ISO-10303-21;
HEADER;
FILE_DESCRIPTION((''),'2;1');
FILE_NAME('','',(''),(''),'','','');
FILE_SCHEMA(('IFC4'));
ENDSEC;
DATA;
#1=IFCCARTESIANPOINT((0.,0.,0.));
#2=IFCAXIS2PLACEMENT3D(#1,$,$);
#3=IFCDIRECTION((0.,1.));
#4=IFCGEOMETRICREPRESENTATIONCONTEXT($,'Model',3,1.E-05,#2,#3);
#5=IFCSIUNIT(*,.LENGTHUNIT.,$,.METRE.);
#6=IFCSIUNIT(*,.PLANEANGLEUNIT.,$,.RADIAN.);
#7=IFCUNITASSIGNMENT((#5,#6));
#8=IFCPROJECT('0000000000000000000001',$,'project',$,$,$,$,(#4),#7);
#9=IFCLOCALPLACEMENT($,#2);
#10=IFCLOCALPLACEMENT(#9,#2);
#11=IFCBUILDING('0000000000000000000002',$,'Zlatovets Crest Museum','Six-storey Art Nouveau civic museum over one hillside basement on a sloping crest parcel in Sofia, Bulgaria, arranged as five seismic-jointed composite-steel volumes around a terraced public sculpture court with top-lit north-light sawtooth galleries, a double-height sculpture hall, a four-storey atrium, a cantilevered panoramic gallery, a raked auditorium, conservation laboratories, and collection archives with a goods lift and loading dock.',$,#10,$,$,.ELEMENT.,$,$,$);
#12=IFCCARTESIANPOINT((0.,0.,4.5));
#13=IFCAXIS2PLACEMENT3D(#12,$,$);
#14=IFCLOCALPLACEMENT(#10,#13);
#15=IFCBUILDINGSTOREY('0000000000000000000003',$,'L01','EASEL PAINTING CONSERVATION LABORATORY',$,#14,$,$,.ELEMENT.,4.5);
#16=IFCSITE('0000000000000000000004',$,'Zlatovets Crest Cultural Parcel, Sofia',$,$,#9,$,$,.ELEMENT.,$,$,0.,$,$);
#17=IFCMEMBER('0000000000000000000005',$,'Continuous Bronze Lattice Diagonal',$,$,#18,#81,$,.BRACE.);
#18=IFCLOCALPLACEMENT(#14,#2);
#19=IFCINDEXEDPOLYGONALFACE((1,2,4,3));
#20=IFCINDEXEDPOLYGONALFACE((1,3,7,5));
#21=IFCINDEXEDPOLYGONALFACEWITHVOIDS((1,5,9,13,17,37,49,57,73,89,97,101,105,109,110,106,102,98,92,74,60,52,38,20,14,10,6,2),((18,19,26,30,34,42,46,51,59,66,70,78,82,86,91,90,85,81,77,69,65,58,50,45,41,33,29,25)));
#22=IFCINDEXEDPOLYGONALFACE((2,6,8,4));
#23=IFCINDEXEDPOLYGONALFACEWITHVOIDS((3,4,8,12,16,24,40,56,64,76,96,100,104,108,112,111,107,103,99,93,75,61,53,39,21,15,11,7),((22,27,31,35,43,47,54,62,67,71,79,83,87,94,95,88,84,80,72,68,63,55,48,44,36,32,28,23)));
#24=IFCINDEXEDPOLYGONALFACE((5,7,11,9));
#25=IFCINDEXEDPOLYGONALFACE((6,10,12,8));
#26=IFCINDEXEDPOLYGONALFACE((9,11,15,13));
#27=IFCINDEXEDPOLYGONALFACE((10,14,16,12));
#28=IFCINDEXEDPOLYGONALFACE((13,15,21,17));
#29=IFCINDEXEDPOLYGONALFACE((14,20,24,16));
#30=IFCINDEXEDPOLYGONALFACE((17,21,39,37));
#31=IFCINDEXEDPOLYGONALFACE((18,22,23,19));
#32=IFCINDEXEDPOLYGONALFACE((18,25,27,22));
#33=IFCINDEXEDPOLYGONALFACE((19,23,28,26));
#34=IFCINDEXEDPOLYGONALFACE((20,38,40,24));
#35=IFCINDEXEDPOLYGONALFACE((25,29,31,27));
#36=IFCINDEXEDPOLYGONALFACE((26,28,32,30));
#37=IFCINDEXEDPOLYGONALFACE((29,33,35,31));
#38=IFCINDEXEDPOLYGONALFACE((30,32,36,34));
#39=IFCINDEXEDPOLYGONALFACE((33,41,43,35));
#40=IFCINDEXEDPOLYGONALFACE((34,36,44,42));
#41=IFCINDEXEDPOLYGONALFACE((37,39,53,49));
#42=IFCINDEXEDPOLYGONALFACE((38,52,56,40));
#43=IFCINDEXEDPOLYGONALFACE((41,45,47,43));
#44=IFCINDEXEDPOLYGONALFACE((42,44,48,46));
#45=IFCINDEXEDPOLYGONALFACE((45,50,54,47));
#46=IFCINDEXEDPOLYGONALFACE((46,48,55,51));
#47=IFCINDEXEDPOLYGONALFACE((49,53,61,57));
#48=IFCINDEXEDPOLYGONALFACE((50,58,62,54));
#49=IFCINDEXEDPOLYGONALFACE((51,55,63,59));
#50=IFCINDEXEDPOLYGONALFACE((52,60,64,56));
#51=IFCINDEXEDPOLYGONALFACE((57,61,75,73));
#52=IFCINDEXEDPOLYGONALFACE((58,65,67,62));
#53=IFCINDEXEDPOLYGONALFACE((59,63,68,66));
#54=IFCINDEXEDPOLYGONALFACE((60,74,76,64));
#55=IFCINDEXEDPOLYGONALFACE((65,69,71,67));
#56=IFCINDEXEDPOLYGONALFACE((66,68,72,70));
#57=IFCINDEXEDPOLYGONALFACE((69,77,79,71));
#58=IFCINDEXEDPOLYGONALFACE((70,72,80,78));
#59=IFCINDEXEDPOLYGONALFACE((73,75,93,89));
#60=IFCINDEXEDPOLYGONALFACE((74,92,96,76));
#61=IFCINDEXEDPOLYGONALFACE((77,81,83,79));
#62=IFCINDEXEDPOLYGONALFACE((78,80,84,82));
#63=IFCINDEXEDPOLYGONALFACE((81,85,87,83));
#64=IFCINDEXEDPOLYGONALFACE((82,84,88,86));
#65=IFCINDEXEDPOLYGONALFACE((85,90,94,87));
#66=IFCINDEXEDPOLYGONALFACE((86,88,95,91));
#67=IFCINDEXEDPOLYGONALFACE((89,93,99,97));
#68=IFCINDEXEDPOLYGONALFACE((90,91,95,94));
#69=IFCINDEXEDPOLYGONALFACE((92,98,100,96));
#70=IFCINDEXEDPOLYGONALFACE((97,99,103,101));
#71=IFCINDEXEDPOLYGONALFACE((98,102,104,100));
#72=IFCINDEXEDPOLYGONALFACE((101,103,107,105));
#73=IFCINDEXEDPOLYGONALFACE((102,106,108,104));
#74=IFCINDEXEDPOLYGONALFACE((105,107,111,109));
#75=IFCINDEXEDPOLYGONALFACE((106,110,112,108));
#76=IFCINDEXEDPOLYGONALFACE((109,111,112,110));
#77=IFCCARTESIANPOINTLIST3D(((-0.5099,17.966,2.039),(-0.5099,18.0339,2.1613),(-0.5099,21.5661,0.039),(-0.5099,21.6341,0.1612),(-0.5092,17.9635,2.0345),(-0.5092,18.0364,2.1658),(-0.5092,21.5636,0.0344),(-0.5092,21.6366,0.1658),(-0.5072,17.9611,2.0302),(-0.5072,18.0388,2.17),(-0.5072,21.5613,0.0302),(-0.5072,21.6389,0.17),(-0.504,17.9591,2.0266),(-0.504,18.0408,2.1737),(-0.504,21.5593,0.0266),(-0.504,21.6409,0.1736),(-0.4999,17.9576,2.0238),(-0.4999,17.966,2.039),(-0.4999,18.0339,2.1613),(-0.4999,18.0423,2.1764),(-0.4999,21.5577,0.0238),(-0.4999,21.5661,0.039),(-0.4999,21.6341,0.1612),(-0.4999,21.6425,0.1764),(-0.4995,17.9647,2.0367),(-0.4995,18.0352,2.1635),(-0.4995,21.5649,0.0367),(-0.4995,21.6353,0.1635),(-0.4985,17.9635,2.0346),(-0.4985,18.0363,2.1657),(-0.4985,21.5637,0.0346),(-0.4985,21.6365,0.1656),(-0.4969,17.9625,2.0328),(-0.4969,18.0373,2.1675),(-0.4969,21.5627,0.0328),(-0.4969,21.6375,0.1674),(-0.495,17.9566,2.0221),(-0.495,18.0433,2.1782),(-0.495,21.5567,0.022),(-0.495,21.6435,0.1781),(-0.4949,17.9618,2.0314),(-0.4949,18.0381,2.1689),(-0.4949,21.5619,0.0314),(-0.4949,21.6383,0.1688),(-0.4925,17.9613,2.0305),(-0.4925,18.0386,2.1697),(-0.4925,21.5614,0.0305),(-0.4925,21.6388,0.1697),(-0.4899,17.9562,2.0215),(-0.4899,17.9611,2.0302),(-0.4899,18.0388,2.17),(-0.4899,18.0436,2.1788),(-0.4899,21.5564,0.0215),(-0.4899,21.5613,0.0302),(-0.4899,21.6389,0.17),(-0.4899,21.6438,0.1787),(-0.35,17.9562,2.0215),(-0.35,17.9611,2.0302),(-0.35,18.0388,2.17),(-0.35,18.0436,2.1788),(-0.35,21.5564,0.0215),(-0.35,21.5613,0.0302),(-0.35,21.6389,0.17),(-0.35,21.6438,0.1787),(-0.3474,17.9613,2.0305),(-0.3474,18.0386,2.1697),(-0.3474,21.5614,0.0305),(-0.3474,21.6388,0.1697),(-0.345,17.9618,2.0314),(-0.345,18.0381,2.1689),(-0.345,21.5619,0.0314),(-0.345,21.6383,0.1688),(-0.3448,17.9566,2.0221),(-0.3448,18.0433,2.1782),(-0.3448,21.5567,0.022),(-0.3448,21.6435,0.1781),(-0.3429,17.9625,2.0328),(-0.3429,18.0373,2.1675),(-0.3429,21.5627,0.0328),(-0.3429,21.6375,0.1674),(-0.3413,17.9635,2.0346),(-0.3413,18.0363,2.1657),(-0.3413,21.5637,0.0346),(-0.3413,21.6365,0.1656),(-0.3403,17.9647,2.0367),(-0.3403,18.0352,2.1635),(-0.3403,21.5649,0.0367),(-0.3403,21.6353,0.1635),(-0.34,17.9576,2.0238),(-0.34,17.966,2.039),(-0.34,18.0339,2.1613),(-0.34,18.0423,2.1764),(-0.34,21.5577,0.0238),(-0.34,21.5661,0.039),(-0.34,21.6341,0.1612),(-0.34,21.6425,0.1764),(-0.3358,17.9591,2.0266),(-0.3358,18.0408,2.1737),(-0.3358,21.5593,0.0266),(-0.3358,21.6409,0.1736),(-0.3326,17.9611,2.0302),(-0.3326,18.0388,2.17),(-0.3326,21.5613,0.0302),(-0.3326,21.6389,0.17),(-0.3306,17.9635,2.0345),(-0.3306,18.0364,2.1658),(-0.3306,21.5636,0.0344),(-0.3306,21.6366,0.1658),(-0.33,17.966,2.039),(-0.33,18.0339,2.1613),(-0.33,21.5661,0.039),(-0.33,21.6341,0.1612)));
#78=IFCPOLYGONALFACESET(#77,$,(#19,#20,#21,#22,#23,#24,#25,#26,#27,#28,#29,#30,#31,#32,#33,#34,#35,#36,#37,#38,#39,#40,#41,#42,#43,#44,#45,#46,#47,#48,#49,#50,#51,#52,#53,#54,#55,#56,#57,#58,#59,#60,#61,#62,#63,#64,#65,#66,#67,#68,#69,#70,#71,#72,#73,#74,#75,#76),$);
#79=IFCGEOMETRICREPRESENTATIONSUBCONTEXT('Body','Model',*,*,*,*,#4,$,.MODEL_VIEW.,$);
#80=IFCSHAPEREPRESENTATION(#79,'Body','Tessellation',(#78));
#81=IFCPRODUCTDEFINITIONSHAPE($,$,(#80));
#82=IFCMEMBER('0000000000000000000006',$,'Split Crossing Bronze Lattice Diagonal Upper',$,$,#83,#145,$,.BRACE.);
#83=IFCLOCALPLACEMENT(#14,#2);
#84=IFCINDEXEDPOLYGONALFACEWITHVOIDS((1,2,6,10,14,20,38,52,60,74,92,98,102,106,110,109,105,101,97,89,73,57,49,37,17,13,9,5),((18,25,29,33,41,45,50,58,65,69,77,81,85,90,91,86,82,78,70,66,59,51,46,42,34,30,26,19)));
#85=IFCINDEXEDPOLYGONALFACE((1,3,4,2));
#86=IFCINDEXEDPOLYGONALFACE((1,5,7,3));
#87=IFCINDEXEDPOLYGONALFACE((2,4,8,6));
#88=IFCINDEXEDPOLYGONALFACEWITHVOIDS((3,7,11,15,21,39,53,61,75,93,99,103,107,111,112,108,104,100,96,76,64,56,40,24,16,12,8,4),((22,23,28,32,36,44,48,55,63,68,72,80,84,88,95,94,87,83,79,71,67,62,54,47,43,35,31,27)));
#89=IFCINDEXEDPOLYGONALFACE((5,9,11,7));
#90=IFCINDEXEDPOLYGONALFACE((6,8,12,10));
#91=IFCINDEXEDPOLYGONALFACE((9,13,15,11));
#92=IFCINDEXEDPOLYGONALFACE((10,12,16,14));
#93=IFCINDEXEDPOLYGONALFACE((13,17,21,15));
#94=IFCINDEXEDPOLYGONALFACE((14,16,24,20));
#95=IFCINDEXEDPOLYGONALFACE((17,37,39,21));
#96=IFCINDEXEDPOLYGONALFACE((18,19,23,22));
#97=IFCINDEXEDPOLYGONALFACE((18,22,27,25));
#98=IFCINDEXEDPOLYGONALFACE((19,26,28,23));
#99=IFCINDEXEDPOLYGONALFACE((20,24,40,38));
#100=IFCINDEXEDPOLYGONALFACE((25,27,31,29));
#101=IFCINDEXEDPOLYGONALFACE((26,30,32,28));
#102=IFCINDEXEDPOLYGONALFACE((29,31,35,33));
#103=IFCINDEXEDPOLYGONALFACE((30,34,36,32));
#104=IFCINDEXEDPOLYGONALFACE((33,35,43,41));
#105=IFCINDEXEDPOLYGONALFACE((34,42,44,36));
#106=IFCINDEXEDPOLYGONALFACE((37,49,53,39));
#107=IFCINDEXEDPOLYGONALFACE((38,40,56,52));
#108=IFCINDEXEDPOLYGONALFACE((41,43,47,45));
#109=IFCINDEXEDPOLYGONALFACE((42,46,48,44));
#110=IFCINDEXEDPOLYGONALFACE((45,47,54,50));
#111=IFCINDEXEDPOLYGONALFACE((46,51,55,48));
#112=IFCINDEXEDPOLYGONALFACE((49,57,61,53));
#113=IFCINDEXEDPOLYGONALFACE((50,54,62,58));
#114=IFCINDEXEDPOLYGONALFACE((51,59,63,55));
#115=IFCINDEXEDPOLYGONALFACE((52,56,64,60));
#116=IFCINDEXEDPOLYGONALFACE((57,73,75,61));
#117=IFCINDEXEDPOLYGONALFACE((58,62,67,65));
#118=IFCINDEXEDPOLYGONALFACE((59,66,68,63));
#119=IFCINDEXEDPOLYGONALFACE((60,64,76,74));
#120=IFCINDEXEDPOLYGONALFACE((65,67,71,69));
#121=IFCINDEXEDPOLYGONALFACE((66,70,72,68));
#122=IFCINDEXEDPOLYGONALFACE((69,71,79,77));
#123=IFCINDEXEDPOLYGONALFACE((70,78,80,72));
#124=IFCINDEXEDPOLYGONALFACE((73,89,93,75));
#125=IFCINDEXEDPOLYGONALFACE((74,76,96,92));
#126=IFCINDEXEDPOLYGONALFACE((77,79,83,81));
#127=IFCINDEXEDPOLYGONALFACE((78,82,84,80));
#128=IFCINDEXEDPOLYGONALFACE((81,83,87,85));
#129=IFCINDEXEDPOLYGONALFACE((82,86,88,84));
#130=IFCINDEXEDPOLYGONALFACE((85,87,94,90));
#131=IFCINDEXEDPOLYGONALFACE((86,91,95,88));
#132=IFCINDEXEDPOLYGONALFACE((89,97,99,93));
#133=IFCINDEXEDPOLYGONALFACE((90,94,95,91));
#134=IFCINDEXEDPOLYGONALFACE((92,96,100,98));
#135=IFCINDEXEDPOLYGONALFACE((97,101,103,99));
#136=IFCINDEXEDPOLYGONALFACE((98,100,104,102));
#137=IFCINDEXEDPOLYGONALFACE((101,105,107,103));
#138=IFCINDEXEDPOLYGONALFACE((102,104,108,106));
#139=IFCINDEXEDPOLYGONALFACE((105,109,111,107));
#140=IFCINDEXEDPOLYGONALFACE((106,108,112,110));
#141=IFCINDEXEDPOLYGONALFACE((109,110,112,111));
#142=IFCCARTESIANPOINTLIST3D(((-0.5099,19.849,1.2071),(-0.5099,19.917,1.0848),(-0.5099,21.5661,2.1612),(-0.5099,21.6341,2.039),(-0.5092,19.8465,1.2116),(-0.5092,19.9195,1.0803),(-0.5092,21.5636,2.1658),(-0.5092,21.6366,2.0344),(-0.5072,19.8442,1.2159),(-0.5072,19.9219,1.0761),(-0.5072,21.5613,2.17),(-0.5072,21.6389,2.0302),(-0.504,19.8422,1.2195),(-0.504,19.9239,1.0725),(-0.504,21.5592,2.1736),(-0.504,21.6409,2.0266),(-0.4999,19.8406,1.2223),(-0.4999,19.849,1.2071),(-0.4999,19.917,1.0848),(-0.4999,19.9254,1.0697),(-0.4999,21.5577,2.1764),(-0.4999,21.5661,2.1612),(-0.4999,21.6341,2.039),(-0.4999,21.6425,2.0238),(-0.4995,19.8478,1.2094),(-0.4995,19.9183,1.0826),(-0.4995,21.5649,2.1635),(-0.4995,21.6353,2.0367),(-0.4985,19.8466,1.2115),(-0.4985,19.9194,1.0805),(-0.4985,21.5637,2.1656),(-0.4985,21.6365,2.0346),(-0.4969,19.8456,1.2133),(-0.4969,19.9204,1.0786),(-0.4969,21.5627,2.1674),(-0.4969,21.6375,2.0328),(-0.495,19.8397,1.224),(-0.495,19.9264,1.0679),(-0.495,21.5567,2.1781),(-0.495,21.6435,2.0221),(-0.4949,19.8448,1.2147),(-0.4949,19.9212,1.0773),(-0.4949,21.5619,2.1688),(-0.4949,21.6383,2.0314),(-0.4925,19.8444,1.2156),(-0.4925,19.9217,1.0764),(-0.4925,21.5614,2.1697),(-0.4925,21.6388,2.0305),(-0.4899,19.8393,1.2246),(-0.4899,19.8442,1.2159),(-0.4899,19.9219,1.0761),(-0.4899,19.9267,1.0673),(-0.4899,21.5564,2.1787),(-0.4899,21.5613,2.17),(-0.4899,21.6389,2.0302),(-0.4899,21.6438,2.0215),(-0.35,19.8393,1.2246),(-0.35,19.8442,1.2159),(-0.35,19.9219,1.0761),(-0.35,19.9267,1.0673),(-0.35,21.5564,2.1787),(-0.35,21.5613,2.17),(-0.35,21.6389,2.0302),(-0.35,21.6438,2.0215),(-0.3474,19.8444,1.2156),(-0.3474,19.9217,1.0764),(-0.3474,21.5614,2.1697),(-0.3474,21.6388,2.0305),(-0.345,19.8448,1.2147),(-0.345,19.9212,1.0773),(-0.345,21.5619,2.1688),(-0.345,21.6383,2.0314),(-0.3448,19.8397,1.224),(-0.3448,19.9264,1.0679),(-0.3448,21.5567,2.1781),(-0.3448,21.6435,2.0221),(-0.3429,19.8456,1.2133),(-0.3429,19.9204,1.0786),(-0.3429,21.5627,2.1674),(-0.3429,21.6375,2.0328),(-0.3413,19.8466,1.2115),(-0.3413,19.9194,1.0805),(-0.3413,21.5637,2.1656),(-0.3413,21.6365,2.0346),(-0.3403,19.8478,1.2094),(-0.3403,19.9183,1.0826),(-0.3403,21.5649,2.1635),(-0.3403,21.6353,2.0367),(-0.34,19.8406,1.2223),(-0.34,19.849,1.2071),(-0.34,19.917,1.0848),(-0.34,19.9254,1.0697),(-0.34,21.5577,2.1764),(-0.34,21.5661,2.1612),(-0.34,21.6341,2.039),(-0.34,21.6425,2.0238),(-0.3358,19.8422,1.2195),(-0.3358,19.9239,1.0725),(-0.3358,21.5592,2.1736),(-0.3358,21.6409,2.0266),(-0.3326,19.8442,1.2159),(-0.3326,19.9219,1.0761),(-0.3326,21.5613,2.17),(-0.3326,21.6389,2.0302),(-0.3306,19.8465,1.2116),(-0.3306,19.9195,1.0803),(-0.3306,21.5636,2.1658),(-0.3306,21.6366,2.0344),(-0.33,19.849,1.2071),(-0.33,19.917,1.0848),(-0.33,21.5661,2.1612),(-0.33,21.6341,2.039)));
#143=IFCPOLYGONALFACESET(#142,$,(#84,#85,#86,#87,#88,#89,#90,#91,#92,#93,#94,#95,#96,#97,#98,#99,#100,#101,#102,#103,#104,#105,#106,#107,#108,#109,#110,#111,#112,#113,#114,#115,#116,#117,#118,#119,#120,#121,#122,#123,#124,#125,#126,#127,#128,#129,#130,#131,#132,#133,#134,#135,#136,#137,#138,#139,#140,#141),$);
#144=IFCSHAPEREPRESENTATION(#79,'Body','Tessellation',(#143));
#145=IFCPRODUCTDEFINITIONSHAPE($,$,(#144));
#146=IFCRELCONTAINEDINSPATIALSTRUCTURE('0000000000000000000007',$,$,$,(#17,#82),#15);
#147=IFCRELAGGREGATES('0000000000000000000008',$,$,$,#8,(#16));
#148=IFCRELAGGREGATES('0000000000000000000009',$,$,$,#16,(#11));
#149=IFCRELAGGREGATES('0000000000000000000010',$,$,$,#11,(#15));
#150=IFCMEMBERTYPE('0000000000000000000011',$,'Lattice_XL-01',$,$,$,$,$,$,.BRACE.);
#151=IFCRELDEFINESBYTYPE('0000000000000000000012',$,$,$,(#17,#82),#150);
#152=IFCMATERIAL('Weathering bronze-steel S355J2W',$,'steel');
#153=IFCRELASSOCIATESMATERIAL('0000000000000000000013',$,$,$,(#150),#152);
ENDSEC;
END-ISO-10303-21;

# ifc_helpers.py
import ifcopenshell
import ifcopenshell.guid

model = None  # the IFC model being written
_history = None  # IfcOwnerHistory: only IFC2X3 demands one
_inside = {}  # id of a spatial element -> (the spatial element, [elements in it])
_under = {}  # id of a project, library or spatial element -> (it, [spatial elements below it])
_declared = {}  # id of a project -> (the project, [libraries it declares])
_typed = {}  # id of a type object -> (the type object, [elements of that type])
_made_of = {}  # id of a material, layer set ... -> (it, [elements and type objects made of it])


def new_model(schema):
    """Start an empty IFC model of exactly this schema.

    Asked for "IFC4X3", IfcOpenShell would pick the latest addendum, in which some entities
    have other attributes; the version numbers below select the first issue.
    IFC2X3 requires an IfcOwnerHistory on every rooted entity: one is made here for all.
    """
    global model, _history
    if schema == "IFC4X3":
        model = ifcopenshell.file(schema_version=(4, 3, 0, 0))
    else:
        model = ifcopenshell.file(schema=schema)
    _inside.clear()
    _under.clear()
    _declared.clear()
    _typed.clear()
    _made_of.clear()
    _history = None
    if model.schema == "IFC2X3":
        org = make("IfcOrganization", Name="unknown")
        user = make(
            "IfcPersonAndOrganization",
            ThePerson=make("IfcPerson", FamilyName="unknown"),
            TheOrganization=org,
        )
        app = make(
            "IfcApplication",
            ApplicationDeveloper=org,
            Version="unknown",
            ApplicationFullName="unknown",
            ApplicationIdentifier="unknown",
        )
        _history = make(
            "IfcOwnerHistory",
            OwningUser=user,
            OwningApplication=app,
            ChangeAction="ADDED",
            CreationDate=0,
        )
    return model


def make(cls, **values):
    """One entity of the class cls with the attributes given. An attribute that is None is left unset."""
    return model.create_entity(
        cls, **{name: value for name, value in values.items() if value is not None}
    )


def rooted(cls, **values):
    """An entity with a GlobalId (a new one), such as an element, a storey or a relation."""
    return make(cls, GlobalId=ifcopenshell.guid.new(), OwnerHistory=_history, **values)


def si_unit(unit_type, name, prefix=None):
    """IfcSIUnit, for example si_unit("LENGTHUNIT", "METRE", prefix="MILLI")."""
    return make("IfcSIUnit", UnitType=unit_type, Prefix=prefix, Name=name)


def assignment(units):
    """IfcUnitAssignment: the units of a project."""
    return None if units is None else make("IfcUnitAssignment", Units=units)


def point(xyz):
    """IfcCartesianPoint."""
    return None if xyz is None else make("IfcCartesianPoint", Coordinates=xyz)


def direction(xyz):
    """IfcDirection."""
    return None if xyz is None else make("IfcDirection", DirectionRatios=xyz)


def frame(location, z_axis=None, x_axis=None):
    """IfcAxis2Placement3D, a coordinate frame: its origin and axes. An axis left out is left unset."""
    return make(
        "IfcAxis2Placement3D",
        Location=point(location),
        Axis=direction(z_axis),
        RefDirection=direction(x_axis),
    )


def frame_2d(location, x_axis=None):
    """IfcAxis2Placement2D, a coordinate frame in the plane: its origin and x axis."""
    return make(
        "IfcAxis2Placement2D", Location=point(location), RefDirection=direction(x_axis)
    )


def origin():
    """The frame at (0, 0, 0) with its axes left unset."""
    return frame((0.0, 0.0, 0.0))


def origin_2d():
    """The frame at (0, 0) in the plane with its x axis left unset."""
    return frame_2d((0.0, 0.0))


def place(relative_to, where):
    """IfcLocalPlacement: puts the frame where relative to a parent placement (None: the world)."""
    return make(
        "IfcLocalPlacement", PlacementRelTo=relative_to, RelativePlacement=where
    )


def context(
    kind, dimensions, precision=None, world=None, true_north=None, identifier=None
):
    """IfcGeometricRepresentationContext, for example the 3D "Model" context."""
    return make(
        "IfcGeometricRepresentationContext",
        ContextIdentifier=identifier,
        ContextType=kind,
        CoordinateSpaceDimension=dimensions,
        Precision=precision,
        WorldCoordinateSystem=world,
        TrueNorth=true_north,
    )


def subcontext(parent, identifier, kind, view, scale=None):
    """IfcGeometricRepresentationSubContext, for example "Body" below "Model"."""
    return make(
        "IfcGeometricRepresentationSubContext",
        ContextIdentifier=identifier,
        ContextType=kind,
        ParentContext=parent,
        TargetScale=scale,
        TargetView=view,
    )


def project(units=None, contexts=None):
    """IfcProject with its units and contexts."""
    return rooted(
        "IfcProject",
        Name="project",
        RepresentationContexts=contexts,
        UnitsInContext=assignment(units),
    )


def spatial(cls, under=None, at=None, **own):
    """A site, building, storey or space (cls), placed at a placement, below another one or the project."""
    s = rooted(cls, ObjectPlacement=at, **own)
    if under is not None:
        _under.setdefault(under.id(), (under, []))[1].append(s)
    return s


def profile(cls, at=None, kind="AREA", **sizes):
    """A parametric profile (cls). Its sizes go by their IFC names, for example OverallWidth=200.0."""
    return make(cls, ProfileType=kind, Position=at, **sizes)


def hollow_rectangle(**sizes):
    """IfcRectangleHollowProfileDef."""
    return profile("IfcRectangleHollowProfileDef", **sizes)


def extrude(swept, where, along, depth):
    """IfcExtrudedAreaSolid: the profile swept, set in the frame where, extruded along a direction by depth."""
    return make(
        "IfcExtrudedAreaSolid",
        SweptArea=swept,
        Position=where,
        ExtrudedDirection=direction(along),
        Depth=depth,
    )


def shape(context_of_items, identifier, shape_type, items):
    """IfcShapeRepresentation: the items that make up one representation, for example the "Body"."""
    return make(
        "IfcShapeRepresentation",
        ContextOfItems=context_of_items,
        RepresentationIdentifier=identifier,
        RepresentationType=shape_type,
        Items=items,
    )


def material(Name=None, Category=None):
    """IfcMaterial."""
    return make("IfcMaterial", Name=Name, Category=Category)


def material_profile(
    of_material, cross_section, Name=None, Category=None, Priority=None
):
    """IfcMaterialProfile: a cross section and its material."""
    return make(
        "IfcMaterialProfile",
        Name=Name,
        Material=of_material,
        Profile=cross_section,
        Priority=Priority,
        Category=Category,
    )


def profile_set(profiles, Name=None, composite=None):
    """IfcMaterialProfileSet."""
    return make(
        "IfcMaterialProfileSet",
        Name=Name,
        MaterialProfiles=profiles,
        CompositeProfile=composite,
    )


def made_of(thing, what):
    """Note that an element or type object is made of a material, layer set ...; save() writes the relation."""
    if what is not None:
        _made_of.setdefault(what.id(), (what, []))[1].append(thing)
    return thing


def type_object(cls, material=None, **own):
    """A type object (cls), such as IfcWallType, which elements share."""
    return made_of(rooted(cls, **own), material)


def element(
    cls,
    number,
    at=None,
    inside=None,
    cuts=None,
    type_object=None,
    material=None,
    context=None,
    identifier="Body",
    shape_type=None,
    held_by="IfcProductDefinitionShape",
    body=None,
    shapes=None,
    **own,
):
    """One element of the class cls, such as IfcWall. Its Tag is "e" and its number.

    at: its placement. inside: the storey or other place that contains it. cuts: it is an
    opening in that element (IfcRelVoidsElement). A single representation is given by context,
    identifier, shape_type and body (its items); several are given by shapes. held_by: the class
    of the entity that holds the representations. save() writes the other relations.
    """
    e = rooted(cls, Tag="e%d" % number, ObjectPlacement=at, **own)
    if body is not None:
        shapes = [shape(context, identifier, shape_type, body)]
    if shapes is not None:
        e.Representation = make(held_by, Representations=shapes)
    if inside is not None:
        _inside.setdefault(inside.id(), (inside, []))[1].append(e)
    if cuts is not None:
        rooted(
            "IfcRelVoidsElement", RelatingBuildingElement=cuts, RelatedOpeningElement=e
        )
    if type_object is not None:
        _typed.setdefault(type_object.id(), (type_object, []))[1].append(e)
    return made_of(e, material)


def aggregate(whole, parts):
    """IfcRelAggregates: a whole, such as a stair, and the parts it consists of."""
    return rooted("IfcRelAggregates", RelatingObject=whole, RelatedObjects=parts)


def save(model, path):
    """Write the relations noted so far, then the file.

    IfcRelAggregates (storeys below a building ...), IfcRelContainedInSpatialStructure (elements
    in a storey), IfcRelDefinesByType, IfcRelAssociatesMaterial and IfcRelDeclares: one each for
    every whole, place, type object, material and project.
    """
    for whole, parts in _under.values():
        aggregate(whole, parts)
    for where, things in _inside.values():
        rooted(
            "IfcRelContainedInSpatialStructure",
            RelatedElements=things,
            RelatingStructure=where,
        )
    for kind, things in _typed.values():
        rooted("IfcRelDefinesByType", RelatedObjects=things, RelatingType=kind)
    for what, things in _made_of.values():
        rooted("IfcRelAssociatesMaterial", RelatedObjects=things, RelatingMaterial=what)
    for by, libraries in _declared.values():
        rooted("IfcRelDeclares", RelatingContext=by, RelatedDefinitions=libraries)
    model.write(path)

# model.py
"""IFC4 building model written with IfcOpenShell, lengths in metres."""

from ifc_helpers import new_model, si_unit, direction, frame, origin, origin_2d, place, context, subcontext, project, spatial, hollow_rectangle, extrude, material, material_profile, profile_set, type_object, element, save


model = new_model("IFC4")

# Units and contexts
model_context = context("Model", 3, precision=1e-05, world=origin(), true_north=direction((0.0, 1.0)))
body_context = subcontext(model_context, "Body", "Model", "MODEL_VIEW")
ifc_project = project(units=[si_unit("LENGTHUNIT", "METRE"), si_unit("PLANEANGLEUNIT", "RADIAN")], contexts=[model_context])

# Site, building, storey
site_placement = place(None, origin())
site = spatial("IfcSite", under=ifc_project, at=site_placement, Name="Zlatovets Crest Cultural Parcel, Sofia", CompositionType="ELEMENT", RefElevation=0.0)
building_placement = place(site_placement, origin())
building = spatial("IfcBuilding", under=site, at=building_placement, Name="Zlatovets Crest Museum", Description="Six-storey Art Nouveau civic museum over one hillside basement on a sloping crest parcel in Sofia, Bulgaria, arranged as five seismic-jointed composite-steel volumes around a terraced public sculpture court with top-lit north-light sawtooth galleries, a double-height sculpture hall, a four-storey atrium, a cantilevered panoramic gallery, a raked auditorium, conservation laboratories, and collection archives with a goods lift and loading dock.", CompositionType="ELEMENT")
storey_placement = place(building_placement, frame((0.0, 0.0, 4.5)))
storey = spatial("IfcBuildingStorey", under=building, at=storey_placement, Name="L01", Description="EASEL PAINTING CONSERVATION LABORATORY", CompositionType="ELEMENT", Elevation=4.5)

# Members
ifc_material_1 = material(Name="Weathering bronze-steel S355J2W", Category="steel")
ifc_material_profile_1 = material_profile(ifc_material_1, hollow_rectangle(XDim=0.1799, YDim=0.1799, WallThickness=0.01, InnerFilletRadius=0.01, OuterFilletRadius=0.02, at=origin_2d()), Name="SHS 180x180x10.0")
ifc_profile_set_1 = profile_set([ifc_material_profile_1], Name="Weathering bronze-steel S355J2W")
member_type_1 = type_object("IfcMemberType", Name="Lattice_XL-01", PredefinedType="BRACE", material=ifc_profile_set_1)
member_1_placement = place(storey_placement, frame((-0.4199, 21.6001, 0.1001), z_axis=(0.0, -0.874163, 0.485633), x_axis=(1.0, 0.0, 0.0)))
element("IfcMember", 1, at=member_1_placement, inside=storey, type_object=member_type_1, Name="Continuous Bronze Lattice Diagonal", PredefinedType="BRACE", context=body_context, shape_type="SweptSolid", body=[
    extrude(hollow_rectangle(XDim=0.1799, YDim=0.1799, WallThickness=0.01, InnerFilletRadius=0.01, OuterFilletRadius=0.02, at=origin_2d()), origin(), (0.0, 0.0, 1.0), 4.1184),
])
member_2_placement = place(storey_placement, frame((-0.4199, 21.6001, 2.1001), z_axis=(0.0, -0.874116, -0.485717), x_axis=(1.0, 0.0, 0.0)))
element("IfcMember", 2, at=member_2_placement, inside=storey, type_object=member_type_1, Name="Split Crossing Bronze Lattice Diagonal Upper", PredefinedType="BRACE", context=body_context, shape_type="SweptSolid", body=[
    extrude(hollow_rectangle(XDim=0.1799, YDim=0.1799, WallThickness=0.01, InnerFilletRadius=0.01, OuterFilletRadius=0.02, at=origin_2d()), origin(), (0.0, 0.0, 1.0), 1.9644),
])

save(model, "model.ifc")
